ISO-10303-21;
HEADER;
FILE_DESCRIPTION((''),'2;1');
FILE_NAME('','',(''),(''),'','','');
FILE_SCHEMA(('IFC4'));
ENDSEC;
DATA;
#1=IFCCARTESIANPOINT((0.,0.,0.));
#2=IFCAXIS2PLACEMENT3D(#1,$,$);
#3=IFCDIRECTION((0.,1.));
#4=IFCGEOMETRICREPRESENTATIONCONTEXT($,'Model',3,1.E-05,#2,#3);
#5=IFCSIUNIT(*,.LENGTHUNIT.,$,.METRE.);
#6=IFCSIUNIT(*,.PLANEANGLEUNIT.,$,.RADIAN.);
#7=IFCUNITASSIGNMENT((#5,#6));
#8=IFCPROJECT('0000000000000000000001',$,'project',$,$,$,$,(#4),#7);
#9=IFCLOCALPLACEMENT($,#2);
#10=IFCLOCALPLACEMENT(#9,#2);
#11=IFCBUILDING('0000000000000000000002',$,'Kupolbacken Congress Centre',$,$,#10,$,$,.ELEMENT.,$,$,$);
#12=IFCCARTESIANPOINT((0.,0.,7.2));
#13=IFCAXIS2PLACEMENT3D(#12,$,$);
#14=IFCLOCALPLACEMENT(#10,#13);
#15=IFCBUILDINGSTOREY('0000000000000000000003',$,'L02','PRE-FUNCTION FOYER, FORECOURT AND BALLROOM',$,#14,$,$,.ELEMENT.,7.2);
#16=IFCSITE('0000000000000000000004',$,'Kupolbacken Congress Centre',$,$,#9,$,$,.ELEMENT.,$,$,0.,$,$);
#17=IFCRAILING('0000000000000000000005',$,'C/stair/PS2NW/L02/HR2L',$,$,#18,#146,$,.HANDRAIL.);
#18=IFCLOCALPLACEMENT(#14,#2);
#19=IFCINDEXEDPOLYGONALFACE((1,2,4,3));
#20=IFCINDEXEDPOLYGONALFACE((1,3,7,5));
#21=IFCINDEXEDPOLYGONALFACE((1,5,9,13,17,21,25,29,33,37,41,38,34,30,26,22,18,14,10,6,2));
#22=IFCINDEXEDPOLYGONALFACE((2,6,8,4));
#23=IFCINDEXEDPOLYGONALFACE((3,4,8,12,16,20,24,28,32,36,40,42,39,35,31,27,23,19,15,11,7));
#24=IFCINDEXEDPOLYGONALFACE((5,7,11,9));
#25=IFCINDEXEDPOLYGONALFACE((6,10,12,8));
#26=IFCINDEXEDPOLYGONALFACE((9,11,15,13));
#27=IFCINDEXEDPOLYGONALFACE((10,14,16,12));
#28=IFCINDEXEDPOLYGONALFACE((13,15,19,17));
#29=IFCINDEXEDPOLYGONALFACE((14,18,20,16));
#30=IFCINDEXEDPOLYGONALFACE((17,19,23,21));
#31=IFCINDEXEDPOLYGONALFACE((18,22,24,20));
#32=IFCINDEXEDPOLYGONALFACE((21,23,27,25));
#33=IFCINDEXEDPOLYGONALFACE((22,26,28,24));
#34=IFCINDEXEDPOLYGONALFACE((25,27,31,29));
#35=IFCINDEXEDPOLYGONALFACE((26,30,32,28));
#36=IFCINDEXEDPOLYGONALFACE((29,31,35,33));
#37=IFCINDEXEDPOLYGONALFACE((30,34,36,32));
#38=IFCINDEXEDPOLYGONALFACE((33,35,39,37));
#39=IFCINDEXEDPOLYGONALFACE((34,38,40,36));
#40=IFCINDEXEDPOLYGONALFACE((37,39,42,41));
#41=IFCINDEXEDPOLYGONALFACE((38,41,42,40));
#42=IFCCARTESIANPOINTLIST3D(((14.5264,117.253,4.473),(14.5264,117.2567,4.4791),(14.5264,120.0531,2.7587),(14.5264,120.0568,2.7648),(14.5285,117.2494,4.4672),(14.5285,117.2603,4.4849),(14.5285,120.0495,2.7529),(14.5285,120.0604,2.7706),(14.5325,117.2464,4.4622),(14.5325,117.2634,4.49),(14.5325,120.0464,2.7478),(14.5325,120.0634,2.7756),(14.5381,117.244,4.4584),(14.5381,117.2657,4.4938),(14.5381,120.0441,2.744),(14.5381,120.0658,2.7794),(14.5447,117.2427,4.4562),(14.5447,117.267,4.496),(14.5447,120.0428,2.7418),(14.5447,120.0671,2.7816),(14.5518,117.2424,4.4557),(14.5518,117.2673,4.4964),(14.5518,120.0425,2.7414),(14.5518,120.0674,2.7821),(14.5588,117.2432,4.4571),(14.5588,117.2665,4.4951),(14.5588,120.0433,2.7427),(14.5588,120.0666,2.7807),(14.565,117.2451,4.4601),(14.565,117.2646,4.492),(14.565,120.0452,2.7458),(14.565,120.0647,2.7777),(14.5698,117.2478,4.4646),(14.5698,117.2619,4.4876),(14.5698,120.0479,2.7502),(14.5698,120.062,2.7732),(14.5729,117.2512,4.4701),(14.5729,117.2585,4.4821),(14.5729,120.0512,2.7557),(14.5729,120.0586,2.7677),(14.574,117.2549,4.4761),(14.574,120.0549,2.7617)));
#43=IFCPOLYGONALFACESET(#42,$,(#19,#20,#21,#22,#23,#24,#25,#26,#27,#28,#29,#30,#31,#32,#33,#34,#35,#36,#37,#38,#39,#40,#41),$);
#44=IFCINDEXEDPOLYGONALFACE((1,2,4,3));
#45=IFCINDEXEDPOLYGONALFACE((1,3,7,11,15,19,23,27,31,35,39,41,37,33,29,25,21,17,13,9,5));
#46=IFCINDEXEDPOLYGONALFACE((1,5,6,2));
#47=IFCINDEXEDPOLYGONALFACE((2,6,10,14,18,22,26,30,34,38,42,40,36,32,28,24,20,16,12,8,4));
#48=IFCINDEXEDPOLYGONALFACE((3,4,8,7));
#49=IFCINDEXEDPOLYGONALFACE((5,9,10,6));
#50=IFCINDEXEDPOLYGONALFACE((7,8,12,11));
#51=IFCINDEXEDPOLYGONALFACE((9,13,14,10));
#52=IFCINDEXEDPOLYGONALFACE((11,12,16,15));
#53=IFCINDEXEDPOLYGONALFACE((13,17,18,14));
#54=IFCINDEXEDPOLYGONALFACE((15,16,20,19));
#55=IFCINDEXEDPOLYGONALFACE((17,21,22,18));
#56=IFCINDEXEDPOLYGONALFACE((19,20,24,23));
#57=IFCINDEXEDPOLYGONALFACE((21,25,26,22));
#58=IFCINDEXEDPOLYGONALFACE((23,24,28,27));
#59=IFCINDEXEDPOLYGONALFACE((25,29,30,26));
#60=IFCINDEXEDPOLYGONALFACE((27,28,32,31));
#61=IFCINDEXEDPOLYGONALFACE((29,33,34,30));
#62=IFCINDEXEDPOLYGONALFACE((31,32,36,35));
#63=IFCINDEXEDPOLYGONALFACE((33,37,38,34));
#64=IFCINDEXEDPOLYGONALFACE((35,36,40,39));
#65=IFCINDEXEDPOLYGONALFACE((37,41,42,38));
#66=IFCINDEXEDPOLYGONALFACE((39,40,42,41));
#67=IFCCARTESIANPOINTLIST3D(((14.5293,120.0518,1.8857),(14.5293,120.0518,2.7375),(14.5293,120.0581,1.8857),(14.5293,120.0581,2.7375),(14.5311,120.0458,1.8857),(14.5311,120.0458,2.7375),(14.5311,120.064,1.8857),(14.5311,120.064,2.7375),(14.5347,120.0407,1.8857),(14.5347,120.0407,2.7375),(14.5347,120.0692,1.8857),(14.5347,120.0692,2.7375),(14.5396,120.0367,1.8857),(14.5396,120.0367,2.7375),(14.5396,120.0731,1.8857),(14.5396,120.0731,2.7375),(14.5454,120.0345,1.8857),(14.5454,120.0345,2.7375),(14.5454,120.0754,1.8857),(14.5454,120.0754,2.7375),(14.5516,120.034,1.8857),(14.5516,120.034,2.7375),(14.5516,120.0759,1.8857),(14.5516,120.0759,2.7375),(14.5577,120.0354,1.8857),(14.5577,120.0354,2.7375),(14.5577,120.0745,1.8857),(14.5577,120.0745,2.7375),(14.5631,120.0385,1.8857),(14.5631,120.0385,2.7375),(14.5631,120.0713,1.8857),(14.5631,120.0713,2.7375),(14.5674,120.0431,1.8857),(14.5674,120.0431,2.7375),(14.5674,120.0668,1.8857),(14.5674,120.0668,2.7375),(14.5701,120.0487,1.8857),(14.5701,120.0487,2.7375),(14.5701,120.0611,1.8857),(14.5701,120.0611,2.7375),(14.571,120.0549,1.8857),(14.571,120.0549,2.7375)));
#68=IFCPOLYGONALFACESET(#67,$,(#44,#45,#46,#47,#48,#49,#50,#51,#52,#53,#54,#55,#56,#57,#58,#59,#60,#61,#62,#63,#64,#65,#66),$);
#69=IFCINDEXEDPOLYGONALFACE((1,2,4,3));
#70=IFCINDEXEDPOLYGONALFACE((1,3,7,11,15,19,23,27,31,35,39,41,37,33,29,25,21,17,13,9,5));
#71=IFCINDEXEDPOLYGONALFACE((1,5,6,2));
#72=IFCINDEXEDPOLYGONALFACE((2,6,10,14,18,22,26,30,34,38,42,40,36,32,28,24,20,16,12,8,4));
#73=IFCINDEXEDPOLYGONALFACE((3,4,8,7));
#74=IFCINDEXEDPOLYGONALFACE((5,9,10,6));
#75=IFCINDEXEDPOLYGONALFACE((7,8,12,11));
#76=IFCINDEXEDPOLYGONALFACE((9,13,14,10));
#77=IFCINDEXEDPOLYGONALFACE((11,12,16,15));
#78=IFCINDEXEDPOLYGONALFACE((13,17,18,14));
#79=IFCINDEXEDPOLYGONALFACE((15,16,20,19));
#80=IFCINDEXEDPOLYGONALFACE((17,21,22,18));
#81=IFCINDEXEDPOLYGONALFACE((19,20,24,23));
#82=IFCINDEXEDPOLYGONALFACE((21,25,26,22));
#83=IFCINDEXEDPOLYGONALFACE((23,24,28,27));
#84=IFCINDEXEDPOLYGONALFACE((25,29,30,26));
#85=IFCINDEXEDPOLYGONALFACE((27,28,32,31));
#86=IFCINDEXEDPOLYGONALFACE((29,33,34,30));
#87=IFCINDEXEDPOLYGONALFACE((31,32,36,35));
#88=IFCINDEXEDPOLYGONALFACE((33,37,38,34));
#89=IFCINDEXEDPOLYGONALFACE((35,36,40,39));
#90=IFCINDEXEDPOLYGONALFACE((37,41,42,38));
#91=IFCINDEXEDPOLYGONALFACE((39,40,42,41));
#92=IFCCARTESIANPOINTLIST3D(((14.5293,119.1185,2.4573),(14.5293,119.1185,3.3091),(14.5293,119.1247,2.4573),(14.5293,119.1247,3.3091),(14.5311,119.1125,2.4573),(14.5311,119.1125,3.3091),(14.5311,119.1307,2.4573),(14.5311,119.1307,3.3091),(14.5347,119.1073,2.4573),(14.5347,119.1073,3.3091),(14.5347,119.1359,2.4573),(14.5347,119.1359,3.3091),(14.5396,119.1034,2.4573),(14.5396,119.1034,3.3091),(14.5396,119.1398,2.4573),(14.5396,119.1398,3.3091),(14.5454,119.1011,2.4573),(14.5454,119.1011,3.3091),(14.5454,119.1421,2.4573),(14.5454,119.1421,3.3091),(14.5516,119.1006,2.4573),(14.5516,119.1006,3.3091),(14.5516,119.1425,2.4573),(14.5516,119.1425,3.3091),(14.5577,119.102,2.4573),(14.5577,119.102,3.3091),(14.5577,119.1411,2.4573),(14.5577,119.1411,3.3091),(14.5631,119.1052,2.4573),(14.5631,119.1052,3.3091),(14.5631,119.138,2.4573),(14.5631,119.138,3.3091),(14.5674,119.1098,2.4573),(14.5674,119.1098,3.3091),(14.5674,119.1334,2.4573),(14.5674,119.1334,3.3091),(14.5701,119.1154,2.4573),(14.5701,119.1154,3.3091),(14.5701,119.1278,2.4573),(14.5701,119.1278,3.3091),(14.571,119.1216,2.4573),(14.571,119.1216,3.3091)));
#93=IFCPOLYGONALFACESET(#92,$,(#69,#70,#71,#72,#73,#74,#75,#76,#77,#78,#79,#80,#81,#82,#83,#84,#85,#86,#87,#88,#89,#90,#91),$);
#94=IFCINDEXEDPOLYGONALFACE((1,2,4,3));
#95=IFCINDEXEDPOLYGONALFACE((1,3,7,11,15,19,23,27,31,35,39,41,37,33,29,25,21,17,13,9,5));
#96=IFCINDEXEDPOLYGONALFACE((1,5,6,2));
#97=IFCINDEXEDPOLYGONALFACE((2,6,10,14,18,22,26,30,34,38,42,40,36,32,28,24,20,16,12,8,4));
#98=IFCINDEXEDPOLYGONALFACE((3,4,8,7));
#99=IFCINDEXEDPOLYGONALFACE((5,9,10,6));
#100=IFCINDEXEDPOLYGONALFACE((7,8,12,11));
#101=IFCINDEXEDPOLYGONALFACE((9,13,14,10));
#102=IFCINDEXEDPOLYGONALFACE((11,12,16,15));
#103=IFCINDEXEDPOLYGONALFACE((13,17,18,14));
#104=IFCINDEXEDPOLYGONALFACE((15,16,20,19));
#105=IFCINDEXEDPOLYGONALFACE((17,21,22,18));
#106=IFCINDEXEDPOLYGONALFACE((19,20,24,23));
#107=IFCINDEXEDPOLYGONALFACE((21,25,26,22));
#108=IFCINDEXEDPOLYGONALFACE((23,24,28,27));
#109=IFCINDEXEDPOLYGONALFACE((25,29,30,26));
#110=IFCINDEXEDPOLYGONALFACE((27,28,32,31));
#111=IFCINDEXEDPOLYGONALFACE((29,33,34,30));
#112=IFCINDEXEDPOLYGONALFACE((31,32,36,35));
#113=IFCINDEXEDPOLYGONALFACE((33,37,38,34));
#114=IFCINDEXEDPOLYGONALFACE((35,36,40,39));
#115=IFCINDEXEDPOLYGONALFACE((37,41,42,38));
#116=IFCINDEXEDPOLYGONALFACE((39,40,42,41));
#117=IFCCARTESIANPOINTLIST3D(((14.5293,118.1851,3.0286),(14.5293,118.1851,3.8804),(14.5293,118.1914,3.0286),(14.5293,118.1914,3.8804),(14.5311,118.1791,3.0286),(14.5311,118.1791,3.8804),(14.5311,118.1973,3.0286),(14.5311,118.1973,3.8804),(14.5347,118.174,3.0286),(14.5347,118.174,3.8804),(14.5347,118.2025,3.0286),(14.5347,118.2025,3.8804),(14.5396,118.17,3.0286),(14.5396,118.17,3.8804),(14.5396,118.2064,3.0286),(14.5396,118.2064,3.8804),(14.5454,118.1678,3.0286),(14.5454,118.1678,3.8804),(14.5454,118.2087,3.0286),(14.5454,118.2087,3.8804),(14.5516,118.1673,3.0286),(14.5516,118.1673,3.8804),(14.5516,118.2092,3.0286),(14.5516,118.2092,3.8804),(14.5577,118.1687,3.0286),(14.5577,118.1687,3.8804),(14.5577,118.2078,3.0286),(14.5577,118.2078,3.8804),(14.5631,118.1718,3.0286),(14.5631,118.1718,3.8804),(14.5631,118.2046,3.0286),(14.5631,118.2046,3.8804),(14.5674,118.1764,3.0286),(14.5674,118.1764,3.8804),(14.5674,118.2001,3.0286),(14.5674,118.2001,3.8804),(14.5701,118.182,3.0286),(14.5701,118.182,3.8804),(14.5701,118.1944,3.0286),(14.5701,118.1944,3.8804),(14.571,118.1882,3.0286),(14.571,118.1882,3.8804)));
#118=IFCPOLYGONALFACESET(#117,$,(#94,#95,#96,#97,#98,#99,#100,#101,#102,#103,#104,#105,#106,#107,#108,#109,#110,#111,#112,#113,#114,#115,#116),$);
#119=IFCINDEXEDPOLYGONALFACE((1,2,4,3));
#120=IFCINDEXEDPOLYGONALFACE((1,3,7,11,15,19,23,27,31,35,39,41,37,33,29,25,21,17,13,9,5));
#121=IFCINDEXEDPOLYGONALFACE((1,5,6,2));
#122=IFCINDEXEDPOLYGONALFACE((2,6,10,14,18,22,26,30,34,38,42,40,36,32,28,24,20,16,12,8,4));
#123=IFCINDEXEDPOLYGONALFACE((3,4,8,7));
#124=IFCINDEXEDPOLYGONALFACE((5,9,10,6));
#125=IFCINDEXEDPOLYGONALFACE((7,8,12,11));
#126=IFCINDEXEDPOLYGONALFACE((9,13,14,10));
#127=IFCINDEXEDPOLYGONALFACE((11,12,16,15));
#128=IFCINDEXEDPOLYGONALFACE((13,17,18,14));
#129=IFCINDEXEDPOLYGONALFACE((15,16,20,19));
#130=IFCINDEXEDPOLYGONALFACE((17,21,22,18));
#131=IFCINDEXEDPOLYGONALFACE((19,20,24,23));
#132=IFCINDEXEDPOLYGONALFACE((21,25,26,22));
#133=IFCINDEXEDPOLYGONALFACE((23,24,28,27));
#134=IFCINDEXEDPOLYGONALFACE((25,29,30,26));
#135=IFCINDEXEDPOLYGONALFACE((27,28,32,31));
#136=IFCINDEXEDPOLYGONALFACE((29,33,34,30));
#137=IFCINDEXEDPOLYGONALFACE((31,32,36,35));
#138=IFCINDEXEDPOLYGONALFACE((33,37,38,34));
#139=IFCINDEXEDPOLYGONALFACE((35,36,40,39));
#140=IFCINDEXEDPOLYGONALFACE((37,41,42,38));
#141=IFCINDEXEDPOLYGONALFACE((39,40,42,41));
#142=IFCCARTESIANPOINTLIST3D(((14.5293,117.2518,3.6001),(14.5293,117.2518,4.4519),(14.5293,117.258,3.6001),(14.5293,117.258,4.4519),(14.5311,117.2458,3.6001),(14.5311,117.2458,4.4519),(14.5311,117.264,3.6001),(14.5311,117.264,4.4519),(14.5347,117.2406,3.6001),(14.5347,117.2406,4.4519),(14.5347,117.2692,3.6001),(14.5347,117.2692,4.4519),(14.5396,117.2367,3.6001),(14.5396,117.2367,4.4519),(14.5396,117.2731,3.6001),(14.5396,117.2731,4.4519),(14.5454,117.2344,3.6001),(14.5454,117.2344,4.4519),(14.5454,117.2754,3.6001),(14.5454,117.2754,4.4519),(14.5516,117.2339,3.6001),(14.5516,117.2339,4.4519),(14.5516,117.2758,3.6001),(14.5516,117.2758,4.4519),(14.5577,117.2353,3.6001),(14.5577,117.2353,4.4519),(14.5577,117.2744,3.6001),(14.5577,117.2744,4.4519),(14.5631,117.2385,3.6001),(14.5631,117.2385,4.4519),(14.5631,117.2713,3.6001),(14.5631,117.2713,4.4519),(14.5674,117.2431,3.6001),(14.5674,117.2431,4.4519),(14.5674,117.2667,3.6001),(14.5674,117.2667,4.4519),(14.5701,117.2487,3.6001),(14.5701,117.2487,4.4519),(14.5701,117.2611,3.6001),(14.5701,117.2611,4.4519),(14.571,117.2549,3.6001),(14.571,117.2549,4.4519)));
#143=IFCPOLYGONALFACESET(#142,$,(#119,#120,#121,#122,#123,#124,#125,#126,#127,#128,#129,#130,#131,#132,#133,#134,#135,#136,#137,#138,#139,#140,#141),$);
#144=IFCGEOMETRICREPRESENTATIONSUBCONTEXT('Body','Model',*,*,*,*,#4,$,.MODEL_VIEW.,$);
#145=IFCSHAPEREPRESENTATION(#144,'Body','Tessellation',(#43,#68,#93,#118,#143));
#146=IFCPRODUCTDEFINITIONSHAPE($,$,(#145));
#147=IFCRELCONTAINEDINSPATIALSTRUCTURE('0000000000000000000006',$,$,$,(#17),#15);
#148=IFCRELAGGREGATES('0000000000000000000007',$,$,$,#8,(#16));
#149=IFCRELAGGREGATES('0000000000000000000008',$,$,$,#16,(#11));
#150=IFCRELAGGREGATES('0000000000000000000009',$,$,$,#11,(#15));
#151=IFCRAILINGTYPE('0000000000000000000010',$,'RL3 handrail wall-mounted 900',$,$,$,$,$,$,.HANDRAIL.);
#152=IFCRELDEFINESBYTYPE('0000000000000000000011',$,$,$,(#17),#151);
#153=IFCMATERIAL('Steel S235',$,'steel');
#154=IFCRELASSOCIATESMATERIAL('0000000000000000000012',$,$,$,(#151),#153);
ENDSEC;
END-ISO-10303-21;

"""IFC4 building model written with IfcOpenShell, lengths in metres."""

from ifc_helpers import new_model, si_unit, direction, frame, origin, origin_2d, place, context, subcontext, project, spatial, circle, extrude, material, type_object, element, save


model = new_model("IFC4")

# Units and contexts
model_context = context("Model", 3, precision=1e-05, world=origin(), true_north=direction((0.0, 1.0)))
body_context = subcontext(model_context, "Body", "Model", "MODEL_VIEW")
ifc_project = project(units=[si_unit("LENGTHUNIT", "METRE"), si_unit("PLANEANGLEUNIT", "RADIAN")], contexts=[model_context])

# Site, building, storey
site_placement = place(None, origin())
site = spatial("IfcSite", under=ifc_project, at=site_placement, Name="Kupolbacken Congress Centre", CompositionType="ELEMENT", RefElevation=0.0)
building_placement = place(site_placement, origin())
building = spatial("IfcBuilding", under=site, at=building_placement, Name="Kupolbacken Congress Centre", CompositionType="ELEMENT")
storey_placement = place(building_placement, frame((0.0, 0.0, 7.2)))
storey = spatial("IfcBuildingStorey", under=building, at=storey_placement, Name="L02", Description="PRE-FUNCTION FOYER, FORECOURT AND BALLROOM", CompositionType="ELEMENT", Elevation=7.2)

# Railing
ifc_material_1 = material(Name="Steel S235", Category="steel")
railing_type = type_object("IfcRailingType", Name="RL3 handrail wall-mounted 900", PredefinedType="HANDRAIL", material=ifc_material_1)
for number, where, name in (
    (1, (14.55, 120.0549, 1.8857), "C/stair/PS2NW/L02/HR2L"),
):
    element("IfcRailing", number, at=place(storey_placement, frame(where)), inside=storey, type_object=railing_type, Name=name, PredefinedType="HANDRAIL", context=body_context, shape_type="SweptSolid", body=[
        extrude(circle(Radius=0.0239, at=origin_2d()), frame((0.0, 0.0, 0.876), z_axis=(0.0, -0.852846, 0.522163), x_axis=(1.0, 0.0, 0.0)), (0.0, 0.0, 1.0), 3.2832),
        extrude(circle(Radius=0.021, at=origin_2d()), origin(), (0.0, 0.0, 1.0), 0.8518),
        extrude(circle(Radius=0.021, at=origin_2d()), frame((0.0, -0.9333, 0.5715)), (0.0, 0.0, 1.0), 0.8518),
        extrude(circle(Radius=0.021, at=origin_2d()), frame((0.0, -1.8667, 1.1428)), (0.0, 0.0, 1.0), 0.8518),
        extrude(circle(Radius=0.021, at=origin_2d()), frame((0.0, -2.8, 1.7144)), (0.0, 0.0, 1.0), 0.8518),
    ])

save(model, "model.ifc")
